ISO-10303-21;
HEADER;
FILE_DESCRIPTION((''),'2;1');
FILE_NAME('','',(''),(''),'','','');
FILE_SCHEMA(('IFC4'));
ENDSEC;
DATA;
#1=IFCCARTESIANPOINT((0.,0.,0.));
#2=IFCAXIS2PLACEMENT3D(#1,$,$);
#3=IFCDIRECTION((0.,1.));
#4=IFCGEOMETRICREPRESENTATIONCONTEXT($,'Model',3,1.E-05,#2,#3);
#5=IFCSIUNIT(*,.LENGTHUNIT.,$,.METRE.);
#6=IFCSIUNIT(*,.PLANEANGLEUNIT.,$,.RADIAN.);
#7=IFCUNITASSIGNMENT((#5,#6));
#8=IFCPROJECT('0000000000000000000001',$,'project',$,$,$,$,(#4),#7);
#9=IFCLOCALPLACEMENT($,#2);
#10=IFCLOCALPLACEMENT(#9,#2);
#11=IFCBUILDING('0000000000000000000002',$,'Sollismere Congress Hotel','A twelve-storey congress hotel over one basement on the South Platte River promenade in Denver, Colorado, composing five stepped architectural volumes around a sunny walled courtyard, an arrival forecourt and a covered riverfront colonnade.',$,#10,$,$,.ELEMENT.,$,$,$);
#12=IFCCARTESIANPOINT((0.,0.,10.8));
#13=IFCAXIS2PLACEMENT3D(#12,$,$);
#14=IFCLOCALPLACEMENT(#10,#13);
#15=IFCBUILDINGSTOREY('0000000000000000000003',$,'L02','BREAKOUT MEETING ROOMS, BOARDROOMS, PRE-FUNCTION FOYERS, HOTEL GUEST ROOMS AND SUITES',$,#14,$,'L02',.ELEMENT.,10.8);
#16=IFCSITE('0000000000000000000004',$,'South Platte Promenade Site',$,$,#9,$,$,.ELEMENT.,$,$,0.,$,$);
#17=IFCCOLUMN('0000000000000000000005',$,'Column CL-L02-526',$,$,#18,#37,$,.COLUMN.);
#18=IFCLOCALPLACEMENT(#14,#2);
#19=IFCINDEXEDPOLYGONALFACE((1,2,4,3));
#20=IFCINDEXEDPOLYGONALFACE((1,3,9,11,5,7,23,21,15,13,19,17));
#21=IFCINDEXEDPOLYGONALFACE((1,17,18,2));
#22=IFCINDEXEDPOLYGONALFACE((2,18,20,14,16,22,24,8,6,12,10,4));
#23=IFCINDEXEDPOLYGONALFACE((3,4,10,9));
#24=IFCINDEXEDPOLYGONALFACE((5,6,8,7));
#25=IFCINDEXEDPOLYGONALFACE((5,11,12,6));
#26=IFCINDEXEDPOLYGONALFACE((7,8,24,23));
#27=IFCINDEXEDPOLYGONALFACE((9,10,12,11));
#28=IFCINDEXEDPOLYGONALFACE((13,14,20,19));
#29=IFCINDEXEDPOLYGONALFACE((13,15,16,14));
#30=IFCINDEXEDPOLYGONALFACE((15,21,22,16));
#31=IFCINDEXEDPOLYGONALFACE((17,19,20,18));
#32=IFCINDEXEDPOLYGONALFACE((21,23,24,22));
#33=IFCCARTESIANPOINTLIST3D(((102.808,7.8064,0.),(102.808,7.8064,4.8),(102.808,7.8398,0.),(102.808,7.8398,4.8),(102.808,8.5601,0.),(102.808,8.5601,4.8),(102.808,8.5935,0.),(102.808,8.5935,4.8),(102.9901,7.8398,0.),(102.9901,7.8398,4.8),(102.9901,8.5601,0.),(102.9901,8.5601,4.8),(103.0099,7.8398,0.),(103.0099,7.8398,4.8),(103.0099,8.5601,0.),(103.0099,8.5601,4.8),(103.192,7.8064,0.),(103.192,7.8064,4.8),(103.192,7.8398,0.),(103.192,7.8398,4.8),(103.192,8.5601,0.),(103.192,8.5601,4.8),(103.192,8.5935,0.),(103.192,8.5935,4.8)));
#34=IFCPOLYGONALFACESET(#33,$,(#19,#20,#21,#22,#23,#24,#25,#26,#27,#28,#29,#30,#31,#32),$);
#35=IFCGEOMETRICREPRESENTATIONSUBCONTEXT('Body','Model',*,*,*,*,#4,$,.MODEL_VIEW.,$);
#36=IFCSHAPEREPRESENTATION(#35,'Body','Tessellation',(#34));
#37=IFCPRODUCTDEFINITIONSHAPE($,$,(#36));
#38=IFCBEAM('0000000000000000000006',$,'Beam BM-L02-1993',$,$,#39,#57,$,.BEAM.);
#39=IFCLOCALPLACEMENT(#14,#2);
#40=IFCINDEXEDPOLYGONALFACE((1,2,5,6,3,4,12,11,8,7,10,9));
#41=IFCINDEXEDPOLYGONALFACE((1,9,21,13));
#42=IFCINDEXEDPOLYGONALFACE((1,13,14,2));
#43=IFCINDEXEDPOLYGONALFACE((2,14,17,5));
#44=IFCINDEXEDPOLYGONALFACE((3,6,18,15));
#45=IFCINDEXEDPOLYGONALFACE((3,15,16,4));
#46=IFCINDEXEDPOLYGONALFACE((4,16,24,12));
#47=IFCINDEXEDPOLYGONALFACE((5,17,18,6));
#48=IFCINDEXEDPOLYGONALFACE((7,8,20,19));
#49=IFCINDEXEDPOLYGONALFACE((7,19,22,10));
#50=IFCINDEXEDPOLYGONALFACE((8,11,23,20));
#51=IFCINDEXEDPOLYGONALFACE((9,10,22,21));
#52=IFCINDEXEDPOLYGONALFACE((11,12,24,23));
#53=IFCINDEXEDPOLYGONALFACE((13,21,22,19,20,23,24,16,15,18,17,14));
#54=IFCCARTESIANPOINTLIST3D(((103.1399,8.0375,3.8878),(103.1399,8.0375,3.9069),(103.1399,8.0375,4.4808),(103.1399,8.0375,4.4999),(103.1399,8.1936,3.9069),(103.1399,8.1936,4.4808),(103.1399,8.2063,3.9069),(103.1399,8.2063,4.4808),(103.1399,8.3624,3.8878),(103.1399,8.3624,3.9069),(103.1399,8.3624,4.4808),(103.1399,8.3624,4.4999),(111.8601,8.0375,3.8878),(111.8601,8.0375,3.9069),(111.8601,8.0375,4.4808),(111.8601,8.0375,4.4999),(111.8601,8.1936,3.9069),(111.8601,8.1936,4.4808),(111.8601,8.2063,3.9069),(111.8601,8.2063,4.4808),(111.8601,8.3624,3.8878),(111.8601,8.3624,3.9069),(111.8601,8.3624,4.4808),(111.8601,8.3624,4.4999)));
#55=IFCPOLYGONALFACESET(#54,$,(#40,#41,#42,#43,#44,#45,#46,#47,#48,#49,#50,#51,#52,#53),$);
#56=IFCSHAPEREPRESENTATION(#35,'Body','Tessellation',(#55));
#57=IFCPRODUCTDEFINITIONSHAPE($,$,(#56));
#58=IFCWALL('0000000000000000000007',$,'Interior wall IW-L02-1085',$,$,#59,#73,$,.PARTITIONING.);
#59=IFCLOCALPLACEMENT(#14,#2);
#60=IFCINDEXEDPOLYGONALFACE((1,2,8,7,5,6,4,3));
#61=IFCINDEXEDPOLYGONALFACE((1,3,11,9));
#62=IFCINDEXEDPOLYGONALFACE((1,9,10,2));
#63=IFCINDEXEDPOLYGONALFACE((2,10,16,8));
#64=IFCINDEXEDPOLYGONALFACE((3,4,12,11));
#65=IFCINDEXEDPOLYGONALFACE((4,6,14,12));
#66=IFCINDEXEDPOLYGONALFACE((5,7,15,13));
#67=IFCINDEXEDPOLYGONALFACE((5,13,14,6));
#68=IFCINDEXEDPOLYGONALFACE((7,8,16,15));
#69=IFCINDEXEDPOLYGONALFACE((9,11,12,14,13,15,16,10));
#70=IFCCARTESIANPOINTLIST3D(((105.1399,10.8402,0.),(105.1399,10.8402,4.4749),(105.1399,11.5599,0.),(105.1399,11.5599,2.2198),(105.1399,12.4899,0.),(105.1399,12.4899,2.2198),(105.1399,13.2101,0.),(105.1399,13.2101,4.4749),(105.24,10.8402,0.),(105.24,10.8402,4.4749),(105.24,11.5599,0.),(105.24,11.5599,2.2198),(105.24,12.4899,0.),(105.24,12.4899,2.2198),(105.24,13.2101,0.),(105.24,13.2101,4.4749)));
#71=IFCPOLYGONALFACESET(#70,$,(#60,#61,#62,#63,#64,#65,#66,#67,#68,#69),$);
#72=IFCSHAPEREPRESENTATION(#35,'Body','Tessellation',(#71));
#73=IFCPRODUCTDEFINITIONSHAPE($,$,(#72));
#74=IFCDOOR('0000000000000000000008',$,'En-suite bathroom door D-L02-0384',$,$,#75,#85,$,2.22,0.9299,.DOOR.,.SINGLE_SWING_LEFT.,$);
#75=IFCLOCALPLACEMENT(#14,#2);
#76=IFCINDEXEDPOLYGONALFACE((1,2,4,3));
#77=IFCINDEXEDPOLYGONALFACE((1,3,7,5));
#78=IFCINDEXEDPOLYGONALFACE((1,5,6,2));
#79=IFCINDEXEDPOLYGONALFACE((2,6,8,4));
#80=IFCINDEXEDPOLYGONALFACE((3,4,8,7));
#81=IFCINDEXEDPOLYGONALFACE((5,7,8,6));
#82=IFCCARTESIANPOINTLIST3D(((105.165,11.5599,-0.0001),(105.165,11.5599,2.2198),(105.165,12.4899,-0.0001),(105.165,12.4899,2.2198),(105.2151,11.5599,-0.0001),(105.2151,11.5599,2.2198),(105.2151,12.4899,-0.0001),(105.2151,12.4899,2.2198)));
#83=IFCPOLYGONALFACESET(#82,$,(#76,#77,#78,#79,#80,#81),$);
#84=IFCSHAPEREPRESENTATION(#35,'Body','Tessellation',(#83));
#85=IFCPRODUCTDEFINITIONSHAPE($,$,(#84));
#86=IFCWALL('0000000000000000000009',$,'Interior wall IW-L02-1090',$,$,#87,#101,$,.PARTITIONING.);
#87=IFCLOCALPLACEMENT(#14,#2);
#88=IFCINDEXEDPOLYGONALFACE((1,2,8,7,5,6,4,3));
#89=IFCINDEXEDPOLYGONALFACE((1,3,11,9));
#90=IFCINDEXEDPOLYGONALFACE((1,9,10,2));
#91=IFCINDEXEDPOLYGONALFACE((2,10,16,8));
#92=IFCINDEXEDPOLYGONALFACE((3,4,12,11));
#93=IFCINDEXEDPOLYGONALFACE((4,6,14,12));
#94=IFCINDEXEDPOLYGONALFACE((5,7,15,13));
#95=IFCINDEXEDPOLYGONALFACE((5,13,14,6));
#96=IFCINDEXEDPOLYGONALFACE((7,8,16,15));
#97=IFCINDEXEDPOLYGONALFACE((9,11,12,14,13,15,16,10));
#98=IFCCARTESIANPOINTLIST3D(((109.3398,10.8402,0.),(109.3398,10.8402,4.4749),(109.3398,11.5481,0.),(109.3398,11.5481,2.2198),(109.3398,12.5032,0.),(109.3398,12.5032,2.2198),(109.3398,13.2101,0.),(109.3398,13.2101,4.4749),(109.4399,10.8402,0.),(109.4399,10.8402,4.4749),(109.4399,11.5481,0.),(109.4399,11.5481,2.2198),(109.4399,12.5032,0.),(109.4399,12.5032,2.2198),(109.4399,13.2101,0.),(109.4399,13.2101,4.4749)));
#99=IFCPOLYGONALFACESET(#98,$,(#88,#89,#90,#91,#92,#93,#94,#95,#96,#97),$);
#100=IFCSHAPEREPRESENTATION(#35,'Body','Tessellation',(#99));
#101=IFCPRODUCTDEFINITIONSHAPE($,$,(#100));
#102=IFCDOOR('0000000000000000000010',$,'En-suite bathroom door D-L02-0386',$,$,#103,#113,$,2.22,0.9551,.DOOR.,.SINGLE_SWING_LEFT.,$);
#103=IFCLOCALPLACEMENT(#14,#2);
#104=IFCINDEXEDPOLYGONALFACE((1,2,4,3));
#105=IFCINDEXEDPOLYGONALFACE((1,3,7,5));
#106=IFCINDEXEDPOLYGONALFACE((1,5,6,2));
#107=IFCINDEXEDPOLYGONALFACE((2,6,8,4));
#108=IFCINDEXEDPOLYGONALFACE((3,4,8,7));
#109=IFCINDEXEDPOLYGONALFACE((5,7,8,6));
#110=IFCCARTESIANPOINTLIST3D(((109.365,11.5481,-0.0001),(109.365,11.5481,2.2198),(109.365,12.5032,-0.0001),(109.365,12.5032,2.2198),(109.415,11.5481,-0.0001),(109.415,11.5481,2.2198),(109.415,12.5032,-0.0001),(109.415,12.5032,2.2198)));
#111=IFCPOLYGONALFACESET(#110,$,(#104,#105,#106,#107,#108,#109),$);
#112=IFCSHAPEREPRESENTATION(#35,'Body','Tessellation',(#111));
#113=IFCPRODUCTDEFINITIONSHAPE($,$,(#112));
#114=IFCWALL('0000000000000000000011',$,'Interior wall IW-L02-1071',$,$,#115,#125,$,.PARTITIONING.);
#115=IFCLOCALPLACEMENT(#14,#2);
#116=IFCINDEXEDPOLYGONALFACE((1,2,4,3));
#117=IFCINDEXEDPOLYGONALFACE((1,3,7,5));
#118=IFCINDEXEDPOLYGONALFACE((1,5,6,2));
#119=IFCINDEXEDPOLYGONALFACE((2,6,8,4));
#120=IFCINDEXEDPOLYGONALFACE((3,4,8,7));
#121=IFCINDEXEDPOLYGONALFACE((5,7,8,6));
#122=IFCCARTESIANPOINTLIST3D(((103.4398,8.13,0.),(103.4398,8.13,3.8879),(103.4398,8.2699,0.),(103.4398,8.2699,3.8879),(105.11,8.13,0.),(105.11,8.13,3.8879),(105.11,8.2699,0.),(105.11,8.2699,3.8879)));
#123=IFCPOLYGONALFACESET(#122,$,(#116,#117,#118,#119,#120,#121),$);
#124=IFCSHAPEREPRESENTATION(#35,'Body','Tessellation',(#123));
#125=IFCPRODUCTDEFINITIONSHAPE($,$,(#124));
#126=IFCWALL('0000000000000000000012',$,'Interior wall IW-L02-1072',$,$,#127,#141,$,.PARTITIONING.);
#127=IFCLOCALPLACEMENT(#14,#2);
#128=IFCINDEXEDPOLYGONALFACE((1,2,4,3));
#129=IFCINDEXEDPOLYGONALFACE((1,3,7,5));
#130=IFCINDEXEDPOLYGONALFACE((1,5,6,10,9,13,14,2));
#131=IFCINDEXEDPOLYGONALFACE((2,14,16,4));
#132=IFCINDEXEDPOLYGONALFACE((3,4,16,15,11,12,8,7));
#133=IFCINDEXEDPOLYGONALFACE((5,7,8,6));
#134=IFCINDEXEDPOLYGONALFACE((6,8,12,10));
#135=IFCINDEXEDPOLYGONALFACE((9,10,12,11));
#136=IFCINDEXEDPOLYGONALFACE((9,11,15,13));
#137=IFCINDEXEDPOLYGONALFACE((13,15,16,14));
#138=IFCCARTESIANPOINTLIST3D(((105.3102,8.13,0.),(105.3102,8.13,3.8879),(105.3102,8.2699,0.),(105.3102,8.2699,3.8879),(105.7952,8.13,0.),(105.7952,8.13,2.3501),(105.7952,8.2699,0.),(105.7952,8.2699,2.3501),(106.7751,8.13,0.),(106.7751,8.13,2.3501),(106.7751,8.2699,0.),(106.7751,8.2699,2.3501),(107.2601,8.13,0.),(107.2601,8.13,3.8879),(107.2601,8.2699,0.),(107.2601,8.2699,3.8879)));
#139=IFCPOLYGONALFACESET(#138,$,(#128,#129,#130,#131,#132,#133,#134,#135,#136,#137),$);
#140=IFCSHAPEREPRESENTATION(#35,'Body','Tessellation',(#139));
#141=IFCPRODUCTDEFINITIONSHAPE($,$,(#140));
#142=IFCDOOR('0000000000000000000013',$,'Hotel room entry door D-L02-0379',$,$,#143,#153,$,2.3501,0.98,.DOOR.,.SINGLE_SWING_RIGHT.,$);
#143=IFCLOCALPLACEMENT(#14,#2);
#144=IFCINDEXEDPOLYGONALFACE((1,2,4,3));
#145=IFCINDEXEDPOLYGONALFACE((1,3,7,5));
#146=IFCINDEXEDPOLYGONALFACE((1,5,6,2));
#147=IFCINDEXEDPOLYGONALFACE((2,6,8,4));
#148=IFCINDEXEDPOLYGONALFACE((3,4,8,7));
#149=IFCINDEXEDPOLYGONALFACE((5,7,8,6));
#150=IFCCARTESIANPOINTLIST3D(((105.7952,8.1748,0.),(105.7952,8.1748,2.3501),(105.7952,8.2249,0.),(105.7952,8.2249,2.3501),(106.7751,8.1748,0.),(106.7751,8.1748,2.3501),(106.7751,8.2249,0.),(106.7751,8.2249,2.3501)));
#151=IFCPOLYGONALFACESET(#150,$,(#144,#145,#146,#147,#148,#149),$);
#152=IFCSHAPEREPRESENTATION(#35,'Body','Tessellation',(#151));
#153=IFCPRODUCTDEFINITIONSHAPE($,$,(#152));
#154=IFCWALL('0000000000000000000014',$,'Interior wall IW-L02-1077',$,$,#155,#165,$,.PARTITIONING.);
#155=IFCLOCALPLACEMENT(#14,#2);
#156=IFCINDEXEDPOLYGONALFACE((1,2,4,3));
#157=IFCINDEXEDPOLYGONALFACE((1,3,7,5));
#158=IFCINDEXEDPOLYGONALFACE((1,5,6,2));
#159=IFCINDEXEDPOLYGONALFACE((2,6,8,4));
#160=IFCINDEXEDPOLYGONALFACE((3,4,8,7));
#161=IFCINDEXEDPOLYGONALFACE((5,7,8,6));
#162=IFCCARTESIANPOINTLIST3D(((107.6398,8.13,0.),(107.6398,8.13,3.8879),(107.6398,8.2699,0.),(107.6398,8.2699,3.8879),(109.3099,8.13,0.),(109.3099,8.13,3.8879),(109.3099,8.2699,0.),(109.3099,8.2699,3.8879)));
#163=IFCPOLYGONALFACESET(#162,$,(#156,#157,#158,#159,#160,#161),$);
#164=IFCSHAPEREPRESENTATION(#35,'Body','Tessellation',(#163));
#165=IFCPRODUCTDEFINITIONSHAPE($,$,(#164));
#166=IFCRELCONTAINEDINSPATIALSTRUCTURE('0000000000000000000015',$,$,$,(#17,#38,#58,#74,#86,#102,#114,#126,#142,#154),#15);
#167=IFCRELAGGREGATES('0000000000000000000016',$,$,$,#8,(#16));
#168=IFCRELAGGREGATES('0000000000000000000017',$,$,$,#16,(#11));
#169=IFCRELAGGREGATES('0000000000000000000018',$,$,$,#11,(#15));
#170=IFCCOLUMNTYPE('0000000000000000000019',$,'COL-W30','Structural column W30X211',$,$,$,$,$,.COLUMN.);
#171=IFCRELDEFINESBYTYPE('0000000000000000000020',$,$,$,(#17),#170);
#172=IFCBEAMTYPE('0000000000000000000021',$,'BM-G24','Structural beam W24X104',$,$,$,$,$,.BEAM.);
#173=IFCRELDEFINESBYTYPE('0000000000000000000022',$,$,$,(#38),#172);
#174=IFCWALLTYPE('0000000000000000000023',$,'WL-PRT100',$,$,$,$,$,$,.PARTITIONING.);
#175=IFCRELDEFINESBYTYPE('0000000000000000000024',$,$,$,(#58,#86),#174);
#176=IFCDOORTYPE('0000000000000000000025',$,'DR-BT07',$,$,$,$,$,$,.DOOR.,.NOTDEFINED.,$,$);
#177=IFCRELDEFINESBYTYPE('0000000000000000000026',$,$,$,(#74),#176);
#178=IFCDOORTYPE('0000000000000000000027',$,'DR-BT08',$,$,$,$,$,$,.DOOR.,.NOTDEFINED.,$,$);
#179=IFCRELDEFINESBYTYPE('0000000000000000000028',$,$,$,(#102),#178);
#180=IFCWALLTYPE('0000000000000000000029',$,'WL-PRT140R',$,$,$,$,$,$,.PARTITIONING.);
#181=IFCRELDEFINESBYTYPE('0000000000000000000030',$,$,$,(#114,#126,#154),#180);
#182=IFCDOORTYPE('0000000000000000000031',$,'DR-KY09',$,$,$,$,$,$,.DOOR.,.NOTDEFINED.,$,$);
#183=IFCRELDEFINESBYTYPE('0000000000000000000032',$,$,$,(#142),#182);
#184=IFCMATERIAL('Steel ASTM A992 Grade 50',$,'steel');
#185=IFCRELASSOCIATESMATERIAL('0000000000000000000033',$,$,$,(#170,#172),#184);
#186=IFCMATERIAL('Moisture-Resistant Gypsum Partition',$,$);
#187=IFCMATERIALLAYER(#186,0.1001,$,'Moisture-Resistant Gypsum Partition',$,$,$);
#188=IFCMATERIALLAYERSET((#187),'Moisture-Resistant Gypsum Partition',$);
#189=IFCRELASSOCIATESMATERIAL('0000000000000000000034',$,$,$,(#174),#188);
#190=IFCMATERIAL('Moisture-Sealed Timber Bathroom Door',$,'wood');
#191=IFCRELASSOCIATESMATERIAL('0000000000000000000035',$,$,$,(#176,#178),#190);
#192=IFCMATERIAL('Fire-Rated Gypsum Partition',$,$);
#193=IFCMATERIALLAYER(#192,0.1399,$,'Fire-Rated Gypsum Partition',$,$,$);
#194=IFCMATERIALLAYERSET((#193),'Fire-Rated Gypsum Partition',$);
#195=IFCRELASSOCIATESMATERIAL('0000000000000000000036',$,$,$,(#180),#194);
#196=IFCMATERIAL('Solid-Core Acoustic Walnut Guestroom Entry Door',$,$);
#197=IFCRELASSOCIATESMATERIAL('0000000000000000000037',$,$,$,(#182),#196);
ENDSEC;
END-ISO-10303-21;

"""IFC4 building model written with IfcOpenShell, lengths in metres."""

from ifc_helpers import new_model, si_unit, direction, frame, frame_2d, origin, origin_2d, place, context, subcontext, project, spatial, rectangle, i_section, extrude, material, layer, layer_set, material_profile, profile_set, type_object, element, fill, save


model = new_model("IFC4")

# Units and contexts
model_context = context("Model", 3, precision=1e-05, world=origin(), true_north=direction((0.0, 1.0)))
body_context = subcontext(model_context, "Body", "Model", "MODEL_VIEW")
ifc_project = project(units=[si_unit("LENGTHUNIT", "METRE"), si_unit("PLANEANGLEUNIT", "RADIAN")], contexts=[model_context])

# Site, building, storey
site_placement = place(None, origin())
site = spatial("IfcSite", under=ifc_project, at=site_placement, Name="South Platte Promenade Site", CompositionType="ELEMENT", RefElevation=0.0)
building_placement = place(site_placement, origin())
building = spatial("IfcBuilding", under=site, at=building_placement, Name="Sollismere Congress Hotel", Description="A twelve-storey congress hotel over one basement on the South Platte River promenade in Denver, Colorado, composing five stepped architectural volumes around a sunny walled courtyard, an arrival forecourt and a covered riverfront colonnade.", CompositionType="ELEMENT")
storey_placement = place(building_placement, frame((0.0, 0.0, 10.8)))
storey = spatial("IfcBuildingStorey", under=building, at=storey_placement, Name="L02", Description="BREAKOUT MEETING ROOMS, BOARDROOMS, PRE-FUNCTION FOYERS, HOTEL GUEST ROOMS AND SUITES", LongName="L02", CompositionType="ELEMENT", Elevation=10.8)

# Column
ifc_material_1 = material(Name="Steel ASTM A992 Grade 50", Category="steel")
ifc_material_profile_1 = material_profile(ifc_material_1, i_section(OverallWidth=0.384, OverallDepth=0.7871, WebThickness=0.0198, FlangeThickness=0.0334, at=origin_2d()), Name="W30X211")
ifc_profile_set_1 = profile_set([ifc_material_profile_1], Name="Steel ASTM A992 Grade 50")
column_type = type_object("IfcColumnType", Name="COL-W30", Description="Structural column W30X211", PredefinedType="COLUMN", material=ifc_profile_set_1)
column_placement = place(storey_placement, frame((103.0, 8.2, 0.0), z_axis=(0.0, 0.0, 1.0), x_axis=(1.0, 0.0, 0.0)))
element("IfcColumn", 1, at=column_placement, inside=storey, type_object=column_type, Name="Column CL-L02-526", PredefinedType="COLUMN", context=body_context, shape_type="SweptSolid", body=[
    extrude(i_section(OverallWidth=0.384, OverallDepth=0.7871, WebThickness=0.0198, FlangeThickness=0.0334, at=origin_2d()), origin(), (0.0, 0.0, 1.0), 4.8),
])

# Beam
ifc_material_profile_2 = material_profile(ifc_material_1, i_section(OverallWidth=0.325, OverallDepth=0.6121, WebThickness=0.0127, FlangeThickness=0.019, at=origin_2d()), Name="W24X104")
ifc_profile_set_2 = profile_set([ifc_material_profile_2], Name="Steel ASTM A992 Grade 50")
beam_type = type_object("IfcBeamType", Name="BM-G24", Description="Structural beam W24X104", PredefinedType="BEAM", material=ifc_profile_set_2)
beam_placement = place(storey_placement, frame((103.1399, 8.2, 4.1938), z_axis=(1.0, 0.0, 0.0), x_axis=(0.0, 1.0, 0.0)))
element("IfcBeam", 2, at=beam_placement, inside=storey, type_object=beam_type, Name="Beam BM-L02-1993", PredefinedType="BEAM", context=body_context, shape_type="SweptSolid", body=[
    extrude(i_section(OverallWidth=0.325, OverallDepth=0.6121, WebThickness=0.0127, FlangeThickness=0.019, at=origin_2d()), origin(), (0.0, 0.0, 1.0), 8.7202),
])

# Walls, openings, doors
ifc_material_2 = material(Name="Moisture-Resistant Gypsum Partition")
ifc_layer_1 = layer(ifc_material_2, 0.1001, Name="Moisture-Resistant Gypsum Partition")
ifc_layer_set_1 = layer_set([ifc_layer_1], Name="Moisture-Resistant Gypsum Partition")
wall_type_1 = type_object("IfcWallType", Name="WL-PRT100", PredefinedType="PARTITIONING", material=ifc_layer_set_1)
wall_1_placement = place(storey_placement, frame((105.1899, 10.8401, 0.0), z_axis=(0.0, 0.0, 1.0), x_axis=(0.0, 1.0, 0.0)))
wall_1 = element("IfcWall", 3, at=wall_1_placement, inside=storey, type_object=wall_type_1, Name="Interior wall IW-L02-1085", PredefinedType="PARTITIONING", context=body_context, shape_type="SweptSolid", body=[
    extrude(rectangle(XDim=2.3699, YDim=0.1001, at=frame_2d((1.1851, 0.0))), origin(), (0.0, 0.0, 1.0), 4.4749),
])
opening_1_placement = place(wall_1_placement, frame((0.72, 0.0, 0.0)))
opening_1 = element("IfcOpeningElement", 4, at=opening_1_placement, cuts=wall_1, PredefinedType="OPENING", context=body_context, shape_type="SweptSolid", body=[
    extrude(rectangle(XDim=0.9299, YDim=2.22, at=frame_2d((0.4648, 1.1099))), frame((0.0, 0.0601, 0.0), z_axis=(0.0, -1.0, 0.0), x_axis=(1.0, 0.0, 0.0)), (0.0, 0.0, 1.0), 0.1201),
])
ifc_material_3 = material(Name="Moisture-Sealed Timber Bathroom Door", Category="wood")
door_type_1 = type_object("IfcDoorType", Name="DR-BT07", OperationType="NOTDEFINED", PredefinedType="DOOR", material=ifc_material_3)
door_1_placement = place(opening_1_placement, origin())
door_1 = element("IfcDoor", 5, at=door_1_placement, inside=storey, type_object=door_type_1, Name="En-suite bathroom door D-L02-0384", OperationType="SINGLE_SWING_LEFT", OverallHeight=2.22, OverallWidth=0.9299, PredefinedType="DOOR", context=body_context, shape_type="SweptSolid", body=[
    extrude(rectangle(XDim=0.9299, YDim=2.22, at=frame_2d((0.4648, 1.1099))), frame((0.0, 0.0249, 0.0), z_axis=(0.0, -1.0, 0.0), x_axis=(1.0, 0.0, 0.0)), (0.0, 0.0, 1.0), 0.05),
])
fill(opening_1, door_1)
wall_2_placement = place(storey_placement, frame((109.3899, 10.8401, 0.0), z_axis=(0.0, 0.0, 1.0), x_axis=(0.0, 1.0, 0.0)))
wall_2 = element("IfcWall", 6, at=wall_2_placement, inside=storey, type_object=wall_type_1, Name="Interior wall IW-L02-1090", PredefinedType="PARTITIONING", context=body_context, shape_type="SweptSolid", body=[
    extrude(rectangle(XDim=2.3699, YDim=0.1001, at=frame_2d((1.1851, 0.0))), origin(), (0.0, 0.0, 1.0), 4.4749),
])
opening_2_placement = place(wall_2_placement, frame((0.708, 0.0, 0.0)))
opening_2 = element("IfcOpeningElement", 7, at=opening_2_placement, cuts=wall_2, PredefinedType="OPENING", context=body_context, shape_type="SweptSolid", body=[
    extrude(rectangle(XDim=0.9551, YDim=2.22, at=frame_2d((0.4775, 1.1099))), frame((0.0, 0.0601, 0.0), z_axis=(0.0, -1.0, 0.0), x_axis=(1.0, 0.0, 0.0)), (0.0, 0.0, 1.0), 0.1201),
])
door_type_2 = type_object("IfcDoorType", Name="DR-BT08", OperationType="NOTDEFINED", PredefinedType="DOOR", material=ifc_material_3)
door_2_placement = place(opening_2_placement, origin())
door_2 = element("IfcDoor", 8, at=door_2_placement, inside=storey, type_object=door_type_2, Name="En-suite bathroom door D-L02-0386", OperationType="SINGLE_SWING_LEFT", OverallHeight=2.22, OverallWidth=0.9551, PredefinedType="DOOR", context=body_context, shape_type="SweptSolid", body=[
    extrude(rectangle(XDim=0.9551, YDim=2.22, at=frame_2d((0.4775, 1.1099))), frame((0.0, 0.0249, 0.0), z_axis=(0.0, -1.0, 0.0), x_axis=(1.0, 0.0, 0.0)), (0.0, 0.0, 1.0), 0.05),
])
fill(opening_2, door_2)

# Wall
ifc_material_4 = material(Name="Fire-Rated Gypsum Partition")
ifc_layer_2 = layer(ifc_material_4, 0.1399, Name="Fire-Rated Gypsum Partition")
ifc_layer_set_2 = layer_set([ifc_layer_2], Name="Fire-Rated Gypsum Partition")
wall_type_2 = type_object("IfcWallType", Name="WL-PRT140R", PredefinedType="PARTITIONING", material=ifc_layer_set_2)
wall_3_placement = place(storey_placement, frame((103.4399, 8.2, 0.0), z_axis=(0.0, 0.0, 1.0), x_axis=(1.0, 0.0, 0.0)))
element("IfcWall", 9, at=wall_3_placement, inside=storey, type_object=wall_type_2, Name="Interior wall IW-L02-1071", PredefinedType="PARTITIONING", context=body_context, shape_type="SweptSolid", body=[
    extrude(rectangle(XDim=1.6702, YDim=0.1399, at=frame_2d((0.835, 0.0))), origin(), (0.0, 0.0, 1.0), 3.8879),
])

# Wall, opening, door
wall_4_placement = place(storey_placement, frame((105.3101, 8.2, 0.0), z_axis=(0.0, 0.0, 1.0), x_axis=(1.0, 0.0, 0.0)))
wall_4 = element("IfcWall", 10, at=wall_4_placement, inside=storey, type_object=wall_type_2, Name="Interior wall IW-L02-1072", PredefinedType="PARTITIONING", context=body_context, shape_type="SweptSolid", body=[
    extrude(rectangle(XDim=1.95, YDim=0.1399, at=frame_2d((0.9751, 0.0))), origin(), (0.0, 0.0, 1.0), 3.8879),
])
opening_3_placement = place(wall_4_placement, frame((0.4851, 0.0, 0.0)))
opening_3 = element("IfcOpeningElement", 11, at=opening_3_placement, cuts=wall_4, PredefinedType="OPENING", context=body_context, shape_type="SweptSolid", body=[
    extrude(rectangle(XDim=0.98, YDim=2.3501, at=frame_2d((0.49, 1.175))), frame((0.0, 0.0798, 0.0), z_axis=(0.0, -1.0, 0.0), x_axis=(1.0, 0.0, 0.0)), (0.0, 0.0, 1.0), 0.1599),
])
ifc_material_5 = material(Name="Solid-Core Acoustic Walnut Guestroom Entry Door")
door_type_3 = type_object("IfcDoorType", Name="DR-KY09", OperationType="NOTDEFINED", PredefinedType="DOOR", material=ifc_material_5)
door_3_placement = place(opening_3_placement, origin())
door_3 = element("IfcDoor", 12, at=door_3_placement, inside=storey, type_object=door_type_3, Name="Hotel room entry door D-L02-0379", OperationType="SINGLE_SWING_RIGHT", OverallHeight=2.3501, OverallWidth=0.98, PredefinedType="DOOR", context=body_context, shape_type="SweptSolid", body=[
    extrude(rectangle(XDim=0.98, YDim=2.3501, at=frame_2d((0.49, 1.175))), frame((0.0, 0.0249, 0.0), z_axis=(0.0, -1.0, 0.0), x_axis=(1.0, 0.0, 0.0)), (0.0, 0.0, 1.0), 0.05),
])
fill(opening_3, door_3)

# Wall
wall_5_placement = place(storey_placement, frame((107.6399, 8.2, 0.0), z_axis=(0.0, 0.0, 1.0), x_axis=(1.0, 0.0, 0.0)))
element("IfcWall", 13, at=wall_5_placement, inside=storey, type_object=wall_type_2, Name="Interior wall IW-L02-1077", PredefinedType="PARTITIONING", context=body_context, shape_type="SweptSolid", body=[
    extrude(rectangle(XDim=1.6702, YDim=0.1399, at=frame_2d((0.835, 0.0))), origin(), (0.0, 0.0, 1.0), 3.8879),
])

save(model, "model.ifc")
